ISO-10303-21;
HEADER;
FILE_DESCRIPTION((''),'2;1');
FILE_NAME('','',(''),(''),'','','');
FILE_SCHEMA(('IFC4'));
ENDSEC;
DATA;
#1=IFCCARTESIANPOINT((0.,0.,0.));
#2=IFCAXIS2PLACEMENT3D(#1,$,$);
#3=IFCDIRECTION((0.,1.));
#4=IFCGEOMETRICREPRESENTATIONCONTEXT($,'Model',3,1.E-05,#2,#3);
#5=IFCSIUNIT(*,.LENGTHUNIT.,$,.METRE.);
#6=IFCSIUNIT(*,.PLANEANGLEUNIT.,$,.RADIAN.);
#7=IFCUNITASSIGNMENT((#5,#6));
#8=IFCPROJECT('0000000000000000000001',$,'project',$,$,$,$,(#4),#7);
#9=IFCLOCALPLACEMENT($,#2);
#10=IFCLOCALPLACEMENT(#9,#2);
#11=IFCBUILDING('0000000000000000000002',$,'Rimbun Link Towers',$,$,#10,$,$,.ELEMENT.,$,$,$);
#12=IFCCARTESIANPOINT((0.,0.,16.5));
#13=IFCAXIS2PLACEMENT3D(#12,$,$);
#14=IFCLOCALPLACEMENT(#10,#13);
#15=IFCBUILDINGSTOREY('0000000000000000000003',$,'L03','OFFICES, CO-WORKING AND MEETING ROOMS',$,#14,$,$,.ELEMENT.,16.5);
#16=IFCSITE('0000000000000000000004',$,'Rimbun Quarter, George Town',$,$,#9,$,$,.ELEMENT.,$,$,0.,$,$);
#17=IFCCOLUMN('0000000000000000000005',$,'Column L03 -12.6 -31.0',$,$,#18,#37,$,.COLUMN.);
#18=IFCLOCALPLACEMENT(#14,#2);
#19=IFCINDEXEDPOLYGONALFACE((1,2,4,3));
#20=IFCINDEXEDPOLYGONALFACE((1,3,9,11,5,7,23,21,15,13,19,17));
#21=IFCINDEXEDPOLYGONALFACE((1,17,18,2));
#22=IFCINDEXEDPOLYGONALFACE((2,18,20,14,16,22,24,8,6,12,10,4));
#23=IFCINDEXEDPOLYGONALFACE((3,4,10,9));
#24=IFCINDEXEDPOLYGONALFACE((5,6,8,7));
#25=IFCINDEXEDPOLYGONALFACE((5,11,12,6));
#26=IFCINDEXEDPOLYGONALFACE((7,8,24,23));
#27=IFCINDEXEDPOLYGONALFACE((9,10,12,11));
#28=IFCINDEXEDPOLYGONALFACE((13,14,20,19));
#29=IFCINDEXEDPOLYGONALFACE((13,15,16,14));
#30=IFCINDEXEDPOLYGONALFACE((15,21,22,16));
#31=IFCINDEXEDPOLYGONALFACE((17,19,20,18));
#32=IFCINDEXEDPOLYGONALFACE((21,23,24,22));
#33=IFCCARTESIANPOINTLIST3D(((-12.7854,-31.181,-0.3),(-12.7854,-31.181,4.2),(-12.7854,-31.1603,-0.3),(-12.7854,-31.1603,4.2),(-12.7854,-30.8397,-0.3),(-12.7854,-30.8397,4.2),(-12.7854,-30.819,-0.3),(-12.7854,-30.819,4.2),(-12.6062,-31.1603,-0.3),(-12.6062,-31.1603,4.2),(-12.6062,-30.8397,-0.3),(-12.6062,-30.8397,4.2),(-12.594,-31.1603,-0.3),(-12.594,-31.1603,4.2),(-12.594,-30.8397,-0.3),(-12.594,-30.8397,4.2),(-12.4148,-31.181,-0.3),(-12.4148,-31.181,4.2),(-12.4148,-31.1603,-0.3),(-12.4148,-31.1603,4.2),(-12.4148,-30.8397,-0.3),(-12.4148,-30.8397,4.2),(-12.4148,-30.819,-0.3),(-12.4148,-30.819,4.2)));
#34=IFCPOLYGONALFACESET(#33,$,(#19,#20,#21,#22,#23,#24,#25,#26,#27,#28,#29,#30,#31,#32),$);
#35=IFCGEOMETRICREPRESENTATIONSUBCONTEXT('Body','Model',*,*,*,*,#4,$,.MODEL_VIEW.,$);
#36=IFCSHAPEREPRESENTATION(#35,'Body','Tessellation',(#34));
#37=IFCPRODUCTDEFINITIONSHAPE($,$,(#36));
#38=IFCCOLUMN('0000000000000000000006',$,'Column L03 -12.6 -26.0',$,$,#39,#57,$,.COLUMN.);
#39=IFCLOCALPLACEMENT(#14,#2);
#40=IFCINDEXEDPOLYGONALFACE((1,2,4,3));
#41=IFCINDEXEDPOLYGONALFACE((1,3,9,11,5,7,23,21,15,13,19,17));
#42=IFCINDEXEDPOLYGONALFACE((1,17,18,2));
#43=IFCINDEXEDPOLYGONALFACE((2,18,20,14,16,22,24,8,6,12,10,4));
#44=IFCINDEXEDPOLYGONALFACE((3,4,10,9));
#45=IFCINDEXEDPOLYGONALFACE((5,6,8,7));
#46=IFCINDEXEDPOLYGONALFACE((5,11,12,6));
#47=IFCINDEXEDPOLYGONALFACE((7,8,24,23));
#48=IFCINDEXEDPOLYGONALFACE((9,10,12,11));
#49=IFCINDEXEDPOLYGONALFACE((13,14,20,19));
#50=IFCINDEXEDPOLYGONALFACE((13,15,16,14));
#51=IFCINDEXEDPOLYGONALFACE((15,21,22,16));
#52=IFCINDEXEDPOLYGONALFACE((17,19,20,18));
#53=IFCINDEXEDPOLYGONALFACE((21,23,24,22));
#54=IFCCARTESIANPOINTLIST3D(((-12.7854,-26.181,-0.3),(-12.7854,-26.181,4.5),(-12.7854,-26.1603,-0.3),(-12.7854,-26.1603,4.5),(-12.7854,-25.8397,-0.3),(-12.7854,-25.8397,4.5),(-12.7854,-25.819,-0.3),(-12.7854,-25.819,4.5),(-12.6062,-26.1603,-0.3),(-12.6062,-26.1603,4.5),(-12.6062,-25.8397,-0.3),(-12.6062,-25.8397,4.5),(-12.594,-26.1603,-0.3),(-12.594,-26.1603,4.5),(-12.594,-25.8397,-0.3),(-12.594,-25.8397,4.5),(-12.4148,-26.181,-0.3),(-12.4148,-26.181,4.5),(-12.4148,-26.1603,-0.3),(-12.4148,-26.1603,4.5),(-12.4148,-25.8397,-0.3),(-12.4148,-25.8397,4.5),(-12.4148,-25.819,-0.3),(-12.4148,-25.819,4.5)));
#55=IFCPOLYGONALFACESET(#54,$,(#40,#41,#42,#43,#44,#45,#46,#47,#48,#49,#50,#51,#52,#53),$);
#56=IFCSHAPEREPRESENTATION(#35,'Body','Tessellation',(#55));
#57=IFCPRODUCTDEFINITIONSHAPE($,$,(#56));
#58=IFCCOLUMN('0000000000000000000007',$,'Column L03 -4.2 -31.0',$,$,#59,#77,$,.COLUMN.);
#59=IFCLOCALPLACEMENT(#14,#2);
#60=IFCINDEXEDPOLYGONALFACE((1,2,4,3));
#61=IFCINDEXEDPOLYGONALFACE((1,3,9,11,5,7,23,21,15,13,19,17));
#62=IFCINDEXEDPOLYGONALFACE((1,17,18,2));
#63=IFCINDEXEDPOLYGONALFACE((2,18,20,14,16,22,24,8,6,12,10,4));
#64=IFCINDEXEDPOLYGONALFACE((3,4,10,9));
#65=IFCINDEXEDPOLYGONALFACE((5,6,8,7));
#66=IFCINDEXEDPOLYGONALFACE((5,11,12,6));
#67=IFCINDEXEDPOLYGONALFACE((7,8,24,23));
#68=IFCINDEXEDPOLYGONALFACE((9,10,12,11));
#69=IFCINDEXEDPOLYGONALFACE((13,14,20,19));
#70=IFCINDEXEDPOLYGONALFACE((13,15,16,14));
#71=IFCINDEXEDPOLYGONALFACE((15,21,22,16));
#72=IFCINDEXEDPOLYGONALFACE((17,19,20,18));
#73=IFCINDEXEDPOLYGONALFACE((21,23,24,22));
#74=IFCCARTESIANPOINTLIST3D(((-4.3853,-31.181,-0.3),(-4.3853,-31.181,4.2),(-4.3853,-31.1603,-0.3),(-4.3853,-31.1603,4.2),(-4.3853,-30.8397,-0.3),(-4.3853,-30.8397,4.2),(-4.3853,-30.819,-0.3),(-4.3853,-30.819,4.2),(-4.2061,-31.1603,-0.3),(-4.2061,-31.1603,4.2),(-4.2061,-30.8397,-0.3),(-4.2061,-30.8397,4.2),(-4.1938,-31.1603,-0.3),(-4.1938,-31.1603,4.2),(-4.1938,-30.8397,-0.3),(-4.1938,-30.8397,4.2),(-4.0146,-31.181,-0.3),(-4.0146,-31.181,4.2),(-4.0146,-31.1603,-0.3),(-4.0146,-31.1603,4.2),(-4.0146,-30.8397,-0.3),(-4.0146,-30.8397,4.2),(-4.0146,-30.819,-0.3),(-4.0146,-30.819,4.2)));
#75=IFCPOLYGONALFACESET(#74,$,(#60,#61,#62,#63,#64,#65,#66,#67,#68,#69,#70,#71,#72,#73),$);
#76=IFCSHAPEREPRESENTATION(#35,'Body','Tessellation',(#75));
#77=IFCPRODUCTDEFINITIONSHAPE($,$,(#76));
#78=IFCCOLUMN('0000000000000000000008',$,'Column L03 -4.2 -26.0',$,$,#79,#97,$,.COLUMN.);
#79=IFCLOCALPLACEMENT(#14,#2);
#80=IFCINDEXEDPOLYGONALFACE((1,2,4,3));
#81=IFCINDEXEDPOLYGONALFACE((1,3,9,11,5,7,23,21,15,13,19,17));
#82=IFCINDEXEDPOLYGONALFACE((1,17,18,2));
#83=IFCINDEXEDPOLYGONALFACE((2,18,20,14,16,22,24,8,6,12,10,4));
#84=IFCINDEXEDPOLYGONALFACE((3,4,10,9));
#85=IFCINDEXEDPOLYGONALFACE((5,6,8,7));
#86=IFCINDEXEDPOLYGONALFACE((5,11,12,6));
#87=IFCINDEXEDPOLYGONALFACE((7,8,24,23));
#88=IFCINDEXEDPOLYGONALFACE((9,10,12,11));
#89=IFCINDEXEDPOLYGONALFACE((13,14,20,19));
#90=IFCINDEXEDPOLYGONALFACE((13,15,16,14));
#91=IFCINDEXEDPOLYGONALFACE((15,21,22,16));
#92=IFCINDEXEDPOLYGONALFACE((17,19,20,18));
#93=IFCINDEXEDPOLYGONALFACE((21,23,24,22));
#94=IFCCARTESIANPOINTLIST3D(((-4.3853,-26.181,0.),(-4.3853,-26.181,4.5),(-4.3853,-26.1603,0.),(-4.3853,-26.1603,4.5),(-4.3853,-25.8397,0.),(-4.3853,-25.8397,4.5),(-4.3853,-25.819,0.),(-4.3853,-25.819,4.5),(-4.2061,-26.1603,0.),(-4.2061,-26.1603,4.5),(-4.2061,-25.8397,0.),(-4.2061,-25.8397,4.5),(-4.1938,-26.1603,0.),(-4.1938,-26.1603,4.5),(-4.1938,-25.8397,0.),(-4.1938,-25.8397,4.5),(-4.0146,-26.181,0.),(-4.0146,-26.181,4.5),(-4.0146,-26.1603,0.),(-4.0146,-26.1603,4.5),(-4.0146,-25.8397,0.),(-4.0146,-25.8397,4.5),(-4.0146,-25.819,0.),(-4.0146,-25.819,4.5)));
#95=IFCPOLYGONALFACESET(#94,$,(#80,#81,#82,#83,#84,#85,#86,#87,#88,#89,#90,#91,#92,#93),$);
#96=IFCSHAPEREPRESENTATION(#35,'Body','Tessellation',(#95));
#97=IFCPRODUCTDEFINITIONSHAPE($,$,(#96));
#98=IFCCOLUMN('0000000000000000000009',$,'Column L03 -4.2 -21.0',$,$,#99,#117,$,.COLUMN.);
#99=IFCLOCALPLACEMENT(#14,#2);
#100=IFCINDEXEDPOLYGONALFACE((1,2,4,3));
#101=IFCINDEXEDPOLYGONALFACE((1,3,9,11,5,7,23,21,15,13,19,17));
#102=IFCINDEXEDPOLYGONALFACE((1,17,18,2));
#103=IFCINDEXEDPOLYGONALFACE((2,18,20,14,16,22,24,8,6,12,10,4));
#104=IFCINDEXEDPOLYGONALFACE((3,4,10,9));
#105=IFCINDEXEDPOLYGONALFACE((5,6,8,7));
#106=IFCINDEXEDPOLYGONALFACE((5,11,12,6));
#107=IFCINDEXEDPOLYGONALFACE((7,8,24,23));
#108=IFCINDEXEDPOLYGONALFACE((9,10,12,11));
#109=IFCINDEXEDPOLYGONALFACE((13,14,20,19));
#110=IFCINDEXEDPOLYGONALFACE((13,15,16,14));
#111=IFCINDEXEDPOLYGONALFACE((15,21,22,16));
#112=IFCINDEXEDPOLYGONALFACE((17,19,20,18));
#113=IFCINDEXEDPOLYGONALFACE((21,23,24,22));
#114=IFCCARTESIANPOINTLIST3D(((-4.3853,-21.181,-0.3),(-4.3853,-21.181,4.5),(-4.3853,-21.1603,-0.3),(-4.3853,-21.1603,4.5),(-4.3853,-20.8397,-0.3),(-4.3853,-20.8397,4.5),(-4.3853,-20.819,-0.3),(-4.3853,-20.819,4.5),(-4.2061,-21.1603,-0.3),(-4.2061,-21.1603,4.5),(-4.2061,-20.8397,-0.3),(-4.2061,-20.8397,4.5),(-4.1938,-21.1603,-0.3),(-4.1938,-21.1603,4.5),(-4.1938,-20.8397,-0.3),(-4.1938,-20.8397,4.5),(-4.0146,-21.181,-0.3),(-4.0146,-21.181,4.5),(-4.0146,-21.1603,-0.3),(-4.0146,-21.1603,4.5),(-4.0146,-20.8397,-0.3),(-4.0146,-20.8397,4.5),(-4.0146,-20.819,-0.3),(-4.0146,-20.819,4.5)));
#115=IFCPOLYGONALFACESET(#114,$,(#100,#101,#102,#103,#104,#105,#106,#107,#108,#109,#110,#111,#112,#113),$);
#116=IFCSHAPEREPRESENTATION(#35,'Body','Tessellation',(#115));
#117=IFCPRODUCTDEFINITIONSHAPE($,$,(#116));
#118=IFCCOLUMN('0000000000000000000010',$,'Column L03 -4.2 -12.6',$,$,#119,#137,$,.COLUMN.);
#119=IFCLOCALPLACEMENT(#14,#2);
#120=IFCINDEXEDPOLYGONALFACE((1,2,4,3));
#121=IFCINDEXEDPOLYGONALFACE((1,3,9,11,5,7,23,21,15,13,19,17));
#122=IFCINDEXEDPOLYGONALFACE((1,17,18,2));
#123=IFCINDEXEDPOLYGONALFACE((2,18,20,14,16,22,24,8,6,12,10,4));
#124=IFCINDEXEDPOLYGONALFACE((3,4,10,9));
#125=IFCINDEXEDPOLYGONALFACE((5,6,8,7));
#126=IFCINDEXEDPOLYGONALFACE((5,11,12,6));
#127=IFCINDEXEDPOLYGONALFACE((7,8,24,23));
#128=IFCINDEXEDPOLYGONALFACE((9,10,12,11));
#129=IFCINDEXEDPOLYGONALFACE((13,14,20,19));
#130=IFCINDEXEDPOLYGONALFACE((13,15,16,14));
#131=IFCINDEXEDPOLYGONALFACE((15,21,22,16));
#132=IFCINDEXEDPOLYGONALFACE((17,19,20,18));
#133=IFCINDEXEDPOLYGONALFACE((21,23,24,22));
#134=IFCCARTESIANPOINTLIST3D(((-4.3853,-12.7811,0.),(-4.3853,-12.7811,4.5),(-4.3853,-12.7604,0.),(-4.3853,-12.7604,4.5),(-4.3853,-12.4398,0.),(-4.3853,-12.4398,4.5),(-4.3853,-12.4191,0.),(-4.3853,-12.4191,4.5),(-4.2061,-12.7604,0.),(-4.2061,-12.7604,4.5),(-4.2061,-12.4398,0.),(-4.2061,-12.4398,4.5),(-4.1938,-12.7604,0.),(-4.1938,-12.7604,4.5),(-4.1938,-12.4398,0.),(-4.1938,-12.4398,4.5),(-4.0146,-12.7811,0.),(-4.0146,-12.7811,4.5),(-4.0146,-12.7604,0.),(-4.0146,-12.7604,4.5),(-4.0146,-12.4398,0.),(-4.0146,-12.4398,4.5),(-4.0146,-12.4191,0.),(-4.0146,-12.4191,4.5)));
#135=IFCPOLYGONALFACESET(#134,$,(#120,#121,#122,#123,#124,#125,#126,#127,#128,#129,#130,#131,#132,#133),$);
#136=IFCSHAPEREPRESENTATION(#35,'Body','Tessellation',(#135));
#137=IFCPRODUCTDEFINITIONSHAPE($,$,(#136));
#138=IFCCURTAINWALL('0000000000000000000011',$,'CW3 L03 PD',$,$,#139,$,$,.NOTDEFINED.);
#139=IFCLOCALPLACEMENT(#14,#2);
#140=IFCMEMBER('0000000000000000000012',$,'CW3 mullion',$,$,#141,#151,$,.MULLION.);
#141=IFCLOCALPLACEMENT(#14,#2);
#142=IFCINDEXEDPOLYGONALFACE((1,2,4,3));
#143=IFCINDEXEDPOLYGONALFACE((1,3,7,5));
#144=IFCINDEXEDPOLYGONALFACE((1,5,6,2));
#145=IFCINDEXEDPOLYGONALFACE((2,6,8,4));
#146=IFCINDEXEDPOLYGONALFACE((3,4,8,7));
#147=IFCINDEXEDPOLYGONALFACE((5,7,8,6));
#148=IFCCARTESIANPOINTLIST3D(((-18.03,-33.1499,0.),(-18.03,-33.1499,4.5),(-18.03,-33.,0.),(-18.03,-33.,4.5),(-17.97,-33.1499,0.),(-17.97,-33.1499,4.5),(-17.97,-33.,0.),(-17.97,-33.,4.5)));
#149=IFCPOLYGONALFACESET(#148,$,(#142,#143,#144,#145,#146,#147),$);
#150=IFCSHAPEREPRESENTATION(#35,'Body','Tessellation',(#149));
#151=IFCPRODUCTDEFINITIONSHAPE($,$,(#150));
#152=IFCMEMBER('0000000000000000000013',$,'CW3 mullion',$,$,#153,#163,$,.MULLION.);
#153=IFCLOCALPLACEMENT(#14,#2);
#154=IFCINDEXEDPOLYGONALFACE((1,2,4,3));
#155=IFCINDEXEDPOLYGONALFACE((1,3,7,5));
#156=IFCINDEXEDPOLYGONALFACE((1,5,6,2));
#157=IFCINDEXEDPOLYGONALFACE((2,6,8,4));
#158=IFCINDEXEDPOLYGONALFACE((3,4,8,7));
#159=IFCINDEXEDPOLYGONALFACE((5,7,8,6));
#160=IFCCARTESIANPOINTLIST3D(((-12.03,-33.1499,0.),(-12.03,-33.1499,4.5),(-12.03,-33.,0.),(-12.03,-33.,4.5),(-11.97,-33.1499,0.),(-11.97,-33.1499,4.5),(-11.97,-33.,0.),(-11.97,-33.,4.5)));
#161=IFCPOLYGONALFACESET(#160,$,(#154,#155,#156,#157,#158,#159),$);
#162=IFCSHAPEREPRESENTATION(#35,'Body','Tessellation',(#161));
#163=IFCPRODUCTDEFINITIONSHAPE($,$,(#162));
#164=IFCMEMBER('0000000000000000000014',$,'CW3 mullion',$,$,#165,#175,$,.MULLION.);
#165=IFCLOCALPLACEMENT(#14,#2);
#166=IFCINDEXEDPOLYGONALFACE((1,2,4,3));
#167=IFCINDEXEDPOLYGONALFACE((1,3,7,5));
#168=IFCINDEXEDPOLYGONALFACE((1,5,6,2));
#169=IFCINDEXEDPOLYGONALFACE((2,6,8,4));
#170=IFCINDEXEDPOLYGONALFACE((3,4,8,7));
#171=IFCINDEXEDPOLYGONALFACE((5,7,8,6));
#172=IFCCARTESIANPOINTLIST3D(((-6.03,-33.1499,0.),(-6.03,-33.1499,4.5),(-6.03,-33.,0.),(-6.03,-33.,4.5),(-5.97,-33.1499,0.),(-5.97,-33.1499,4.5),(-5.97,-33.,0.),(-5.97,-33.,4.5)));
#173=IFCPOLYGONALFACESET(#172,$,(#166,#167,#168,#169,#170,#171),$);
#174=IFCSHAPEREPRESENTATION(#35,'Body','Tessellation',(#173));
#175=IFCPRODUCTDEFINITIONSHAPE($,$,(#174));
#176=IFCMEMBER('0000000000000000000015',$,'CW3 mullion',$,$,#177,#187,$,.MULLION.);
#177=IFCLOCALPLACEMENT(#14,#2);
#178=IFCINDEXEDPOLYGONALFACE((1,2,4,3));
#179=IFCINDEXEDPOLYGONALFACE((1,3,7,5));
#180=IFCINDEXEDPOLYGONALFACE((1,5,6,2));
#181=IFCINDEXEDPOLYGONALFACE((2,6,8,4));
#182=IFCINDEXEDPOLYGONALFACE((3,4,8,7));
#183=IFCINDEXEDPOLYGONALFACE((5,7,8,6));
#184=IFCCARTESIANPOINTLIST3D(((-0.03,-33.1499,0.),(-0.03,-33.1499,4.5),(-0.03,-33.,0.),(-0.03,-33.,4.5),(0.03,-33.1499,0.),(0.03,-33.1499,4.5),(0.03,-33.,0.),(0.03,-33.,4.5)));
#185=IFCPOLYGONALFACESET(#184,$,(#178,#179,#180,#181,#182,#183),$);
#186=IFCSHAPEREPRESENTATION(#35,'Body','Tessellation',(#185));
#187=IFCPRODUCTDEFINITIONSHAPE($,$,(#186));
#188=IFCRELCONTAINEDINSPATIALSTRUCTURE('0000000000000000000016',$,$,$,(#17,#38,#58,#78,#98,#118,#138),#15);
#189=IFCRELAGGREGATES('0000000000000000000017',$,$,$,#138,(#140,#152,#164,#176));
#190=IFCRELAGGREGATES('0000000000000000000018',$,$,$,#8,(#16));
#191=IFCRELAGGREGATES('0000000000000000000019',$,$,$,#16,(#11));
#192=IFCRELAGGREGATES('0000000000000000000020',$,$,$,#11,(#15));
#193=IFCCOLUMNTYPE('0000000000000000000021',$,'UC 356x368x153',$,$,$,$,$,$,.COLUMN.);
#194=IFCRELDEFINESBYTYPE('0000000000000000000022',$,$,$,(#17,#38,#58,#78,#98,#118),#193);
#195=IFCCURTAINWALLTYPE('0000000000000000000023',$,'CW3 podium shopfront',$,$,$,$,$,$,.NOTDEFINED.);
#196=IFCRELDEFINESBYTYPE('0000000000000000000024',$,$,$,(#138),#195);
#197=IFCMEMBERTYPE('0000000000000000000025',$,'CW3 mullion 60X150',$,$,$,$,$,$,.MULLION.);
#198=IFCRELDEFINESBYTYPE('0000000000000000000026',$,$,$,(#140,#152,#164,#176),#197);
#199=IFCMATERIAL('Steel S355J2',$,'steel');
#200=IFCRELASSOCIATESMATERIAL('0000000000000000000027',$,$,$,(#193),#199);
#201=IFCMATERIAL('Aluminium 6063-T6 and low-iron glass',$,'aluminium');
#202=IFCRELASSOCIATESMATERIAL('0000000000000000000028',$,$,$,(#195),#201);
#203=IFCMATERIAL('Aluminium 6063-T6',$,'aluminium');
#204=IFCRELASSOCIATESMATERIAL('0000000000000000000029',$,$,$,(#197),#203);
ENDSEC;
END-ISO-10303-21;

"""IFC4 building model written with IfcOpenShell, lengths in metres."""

from ifc_helpers import new_model, si_unit, direction, frame, origin, origin_2d, place, context, subcontext, project, spatial, rectangle, i_section, extrude, material, material_profile, profile_set, type_object, element, aggregate, save


model = new_model("IFC4")

# Units and contexts
model_context = context("Model", 3, precision=1e-05, world=origin(), true_north=direction((0.0, 1.0)))
body_context = subcontext(model_context, "Body", "Model", "MODEL_VIEW")
ifc_project = project(units=[si_unit("LENGTHUNIT", "METRE"), si_unit("PLANEANGLEUNIT", "RADIAN")], contexts=[model_context])

# Site, building, storey
site_placement = place(None, origin())
site = spatial("IfcSite", under=ifc_project, at=site_placement, Name="Rimbun Quarter, George Town", CompositionType="ELEMENT", RefElevation=0.0)
building_placement = place(site_placement, origin())
building = spatial("IfcBuilding", under=site, at=building_placement, Name="Rimbun Link Towers", CompositionType="ELEMENT")
storey_placement = place(building_placement, frame((0.0, 0.0, 16.5)))
storey = spatial("IfcBuildingStorey", under=building, at=storey_placement, Name="L03", Description="OFFICES, CO-WORKING AND MEETING ROOMS", CompositionType="ELEMENT", Elevation=16.5)

# Columns
ifc_material_1 = material(Name="Steel S355J2", Category="steel")
ifc_material_profile_1 = material_profile(ifc_material_1, i_section(OverallWidth=0.3706, OverallDepth=0.3621, WebThickness=0.0122, FlangeThickness=0.0208, at=origin_2d()), Name="UC 356x368x153")
ifc_profile_set_1 = profile_set([ifc_material_profile_1], Name="Steel S355J2")
column_type = type_object("IfcColumnType", Name="UC 356x368x153", PredefinedType="COLUMN", material=ifc_profile_set_1)
column_1_placement = place(storey_placement, frame((-12.6001, -31.0, -0.3), z_axis=(0.0, 0.0, 1.0), x_axis=(1.0, 0.0, 0.0)))
element("IfcColumn", 1, at=column_1_placement, inside=storey, type_object=column_type, Name="Column L03 -12.6 -31.0", PredefinedType="COLUMN", context=body_context, shape_type="SweptSolid", body=[
    extrude(i_section(OverallWidth=0.3706, OverallDepth=0.3621, WebThickness=0.0122, FlangeThickness=0.0208, at=origin_2d()), origin(), (0.0, 0.0, 1.0), 4.5),
])
column_2_placement = place(storey_placement, frame((-12.6001, -26.0, -0.3), z_axis=(0.0, 0.0, 1.0), x_axis=(1.0, 0.0, 0.0)))
element("IfcColumn", 2, at=column_2_placement, inside=storey, type_object=column_type, Name="Column L03 -12.6 -26.0", PredefinedType="COLUMN", context=body_context, shape_type="SweptSolid", body=[
    extrude(i_section(OverallWidth=0.3706, OverallDepth=0.3621, WebThickness=0.0122, FlangeThickness=0.0208, at=origin_2d()), origin(), (0.0, 0.0, 1.0), 4.8),
])
for number, where, z_axis, x_axis, name in (
    (3, (-4.2, -31.0, -0.3), (0.0, 0.0, 1.0), (1.0, 0.0, 0.0), "Column L03 -4.2 -31.0"),
    (4, (-4.2, -26.0, 0.0), (0.0, 0.0, 1.0), (1.0, 0.0, 0.0), "Column L03 -4.2 -26.0"),
):
    element("IfcColumn", number, at=place(storey_placement, frame(where, z_axis=z_axis, x_axis=x_axis)), inside=storey, type_object=column_type, Name=name, PredefinedType="COLUMN", context=body_context, shape_type="SweptSolid", body=[
        extrude(i_section(OverallWidth=0.3706, OverallDepth=0.3621, WebThickness=0.0122, FlangeThickness=0.0208, at=origin_2d()), origin(), (0.0, 0.0, 1.0), 4.5),
    ])
column_3_placement = place(storey_placement, frame((-4.2, -21.0, -0.3), z_axis=(0.0, 0.0, 1.0), x_axis=(1.0, 0.0, 0.0)))
element("IfcColumn", 5, at=column_3_placement, inside=storey, type_object=column_type, Name="Column L03 -4.2 -21.0", PredefinedType="COLUMN", context=body_context, shape_type="SweptSolid", body=[
    extrude(i_section(OverallWidth=0.3706, OverallDepth=0.3621, WebThickness=0.0122, FlangeThickness=0.0208, at=origin_2d()), origin(), (0.0, 0.0, 1.0), 4.8),
])
column_4_placement = place(storey_placement, frame((-4.2, -12.6001, 0.0), z_axis=(0.0, 0.0, 1.0), x_axis=(1.0, 0.0, 0.0)))
element("IfcColumn", 6, at=column_4_placement, inside=storey, type_object=column_type, Name="Column L03 -4.2 -12.6", PredefinedType="COLUMN", context=body_context, shape_type="SweptSolid", body=[
    extrude(i_section(OverallWidth=0.3706, OverallDepth=0.3621, WebThickness=0.0122, FlangeThickness=0.0208, at=origin_2d()), origin(), (0.0, 0.0, 1.0), 4.5),
])

# Curtain wall, members
ifc_material_2 = material(Name="Aluminium 6063-T6 and low-iron glass", Category="aluminium")
curtain_wall_type = type_object("IfcCurtainWallType", Name="CW3 podium shopfront", PredefinedType="NOTDEFINED", material=ifc_material_2)
curtain_wall_placement = place(storey_placement, origin())
curtain_wall = element("IfcCurtainWall", 7, at=curtain_wall_placement, inside=storey, type_object=curtain_wall_type, Name="CW3 L03 PD", PredefinedType="NOTDEFINED")
ifc_material_3 = material(Name="Aluminium 6063-T6", Category="aluminium")
ifc_material_profile_2 = material_profile(ifc_material_3, rectangle(XDim=0.1499, YDim=0.0601, at=origin_2d()), Name="MULLION 60X150")
ifc_profile_set_2 = profile_set([ifc_material_profile_2], Name="Aluminium 6063-T6")
member_type_1 = type_object("IfcMemberType", Name="CW3 mullion 60X150", PredefinedType="MULLION", material=ifc_profile_set_2)
member_1_placement = place(storey_placement, frame((-18.0, -33.075, 0.0), z_axis=(0.0, 0.0, 1.0), x_axis=(0.0, -1.0, 0.0)))
member_1 = element("IfcMember", 8, at=member_1_placement, type_object=member_type_1, Name="CW3 mullion", PredefinedType="MULLION", context=body_context, shape_type="SweptSolid", body=[
    extrude(rectangle(XDim=0.1499, YDim=0.0601, at=origin_2d()), origin(), (0.0, 0.0, 1.0), 4.5),
])
member_2_placement = place(storey_placement, frame((-12.0, -33.075, 0.0), z_axis=(0.0, 0.0, 1.0), x_axis=(0.0, -1.0, 0.0)))
member_2 = element("IfcMember", 9, at=member_2_placement, type_object=member_type_1, Name="CW3 mullion", PredefinedType="MULLION", context=body_context, shape_type="SweptSolid", body=[
    extrude(rectangle(XDim=0.1499, YDim=0.0601, at=origin_2d()), origin(), (0.0, 0.0, 1.0), 4.5),
])
member_3_placement = place(storey_placement, frame((-6.0, -33.075, 0.0), z_axis=(0.0, 0.0, 1.0), x_axis=(0.0, -1.0, 0.0)))
member_3 = element("IfcMember", 10, at=member_3_placement, type_object=member_type_1, Name="CW3 mullion", PredefinedType="MULLION", context=body_context, shape_type="SweptSolid", body=[
    extrude(rectangle(XDim=0.1499, YDim=0.0601, at=origin_2d()), origin(), (0.0, 0.0, 1.0), 4.5),
])
member_4_placement = place(storey_placement, frame((0.0, -33.075, 0.0), z_axis=(0.0, 0.0, 1.0), x_axis=(0.0, -1.0, 0.0)))
member_4 = element("IfcMember", 11, at=member_4_placement, type_object=member_type_1, Name="CW3 mullion", PredefinedType="MULLION", context=body_context, shape_type="SweptSolid", body=[
    extrude(rectangle(XDim=0.1499, YDim=0.0601, at=origin_2d()), origin(), (0.0, 0.0, 1.0), 4.5),
])

aggregate(curtain_wall, [member_1, member_2, member_3, member_4])

save(model, "model.ifc")
